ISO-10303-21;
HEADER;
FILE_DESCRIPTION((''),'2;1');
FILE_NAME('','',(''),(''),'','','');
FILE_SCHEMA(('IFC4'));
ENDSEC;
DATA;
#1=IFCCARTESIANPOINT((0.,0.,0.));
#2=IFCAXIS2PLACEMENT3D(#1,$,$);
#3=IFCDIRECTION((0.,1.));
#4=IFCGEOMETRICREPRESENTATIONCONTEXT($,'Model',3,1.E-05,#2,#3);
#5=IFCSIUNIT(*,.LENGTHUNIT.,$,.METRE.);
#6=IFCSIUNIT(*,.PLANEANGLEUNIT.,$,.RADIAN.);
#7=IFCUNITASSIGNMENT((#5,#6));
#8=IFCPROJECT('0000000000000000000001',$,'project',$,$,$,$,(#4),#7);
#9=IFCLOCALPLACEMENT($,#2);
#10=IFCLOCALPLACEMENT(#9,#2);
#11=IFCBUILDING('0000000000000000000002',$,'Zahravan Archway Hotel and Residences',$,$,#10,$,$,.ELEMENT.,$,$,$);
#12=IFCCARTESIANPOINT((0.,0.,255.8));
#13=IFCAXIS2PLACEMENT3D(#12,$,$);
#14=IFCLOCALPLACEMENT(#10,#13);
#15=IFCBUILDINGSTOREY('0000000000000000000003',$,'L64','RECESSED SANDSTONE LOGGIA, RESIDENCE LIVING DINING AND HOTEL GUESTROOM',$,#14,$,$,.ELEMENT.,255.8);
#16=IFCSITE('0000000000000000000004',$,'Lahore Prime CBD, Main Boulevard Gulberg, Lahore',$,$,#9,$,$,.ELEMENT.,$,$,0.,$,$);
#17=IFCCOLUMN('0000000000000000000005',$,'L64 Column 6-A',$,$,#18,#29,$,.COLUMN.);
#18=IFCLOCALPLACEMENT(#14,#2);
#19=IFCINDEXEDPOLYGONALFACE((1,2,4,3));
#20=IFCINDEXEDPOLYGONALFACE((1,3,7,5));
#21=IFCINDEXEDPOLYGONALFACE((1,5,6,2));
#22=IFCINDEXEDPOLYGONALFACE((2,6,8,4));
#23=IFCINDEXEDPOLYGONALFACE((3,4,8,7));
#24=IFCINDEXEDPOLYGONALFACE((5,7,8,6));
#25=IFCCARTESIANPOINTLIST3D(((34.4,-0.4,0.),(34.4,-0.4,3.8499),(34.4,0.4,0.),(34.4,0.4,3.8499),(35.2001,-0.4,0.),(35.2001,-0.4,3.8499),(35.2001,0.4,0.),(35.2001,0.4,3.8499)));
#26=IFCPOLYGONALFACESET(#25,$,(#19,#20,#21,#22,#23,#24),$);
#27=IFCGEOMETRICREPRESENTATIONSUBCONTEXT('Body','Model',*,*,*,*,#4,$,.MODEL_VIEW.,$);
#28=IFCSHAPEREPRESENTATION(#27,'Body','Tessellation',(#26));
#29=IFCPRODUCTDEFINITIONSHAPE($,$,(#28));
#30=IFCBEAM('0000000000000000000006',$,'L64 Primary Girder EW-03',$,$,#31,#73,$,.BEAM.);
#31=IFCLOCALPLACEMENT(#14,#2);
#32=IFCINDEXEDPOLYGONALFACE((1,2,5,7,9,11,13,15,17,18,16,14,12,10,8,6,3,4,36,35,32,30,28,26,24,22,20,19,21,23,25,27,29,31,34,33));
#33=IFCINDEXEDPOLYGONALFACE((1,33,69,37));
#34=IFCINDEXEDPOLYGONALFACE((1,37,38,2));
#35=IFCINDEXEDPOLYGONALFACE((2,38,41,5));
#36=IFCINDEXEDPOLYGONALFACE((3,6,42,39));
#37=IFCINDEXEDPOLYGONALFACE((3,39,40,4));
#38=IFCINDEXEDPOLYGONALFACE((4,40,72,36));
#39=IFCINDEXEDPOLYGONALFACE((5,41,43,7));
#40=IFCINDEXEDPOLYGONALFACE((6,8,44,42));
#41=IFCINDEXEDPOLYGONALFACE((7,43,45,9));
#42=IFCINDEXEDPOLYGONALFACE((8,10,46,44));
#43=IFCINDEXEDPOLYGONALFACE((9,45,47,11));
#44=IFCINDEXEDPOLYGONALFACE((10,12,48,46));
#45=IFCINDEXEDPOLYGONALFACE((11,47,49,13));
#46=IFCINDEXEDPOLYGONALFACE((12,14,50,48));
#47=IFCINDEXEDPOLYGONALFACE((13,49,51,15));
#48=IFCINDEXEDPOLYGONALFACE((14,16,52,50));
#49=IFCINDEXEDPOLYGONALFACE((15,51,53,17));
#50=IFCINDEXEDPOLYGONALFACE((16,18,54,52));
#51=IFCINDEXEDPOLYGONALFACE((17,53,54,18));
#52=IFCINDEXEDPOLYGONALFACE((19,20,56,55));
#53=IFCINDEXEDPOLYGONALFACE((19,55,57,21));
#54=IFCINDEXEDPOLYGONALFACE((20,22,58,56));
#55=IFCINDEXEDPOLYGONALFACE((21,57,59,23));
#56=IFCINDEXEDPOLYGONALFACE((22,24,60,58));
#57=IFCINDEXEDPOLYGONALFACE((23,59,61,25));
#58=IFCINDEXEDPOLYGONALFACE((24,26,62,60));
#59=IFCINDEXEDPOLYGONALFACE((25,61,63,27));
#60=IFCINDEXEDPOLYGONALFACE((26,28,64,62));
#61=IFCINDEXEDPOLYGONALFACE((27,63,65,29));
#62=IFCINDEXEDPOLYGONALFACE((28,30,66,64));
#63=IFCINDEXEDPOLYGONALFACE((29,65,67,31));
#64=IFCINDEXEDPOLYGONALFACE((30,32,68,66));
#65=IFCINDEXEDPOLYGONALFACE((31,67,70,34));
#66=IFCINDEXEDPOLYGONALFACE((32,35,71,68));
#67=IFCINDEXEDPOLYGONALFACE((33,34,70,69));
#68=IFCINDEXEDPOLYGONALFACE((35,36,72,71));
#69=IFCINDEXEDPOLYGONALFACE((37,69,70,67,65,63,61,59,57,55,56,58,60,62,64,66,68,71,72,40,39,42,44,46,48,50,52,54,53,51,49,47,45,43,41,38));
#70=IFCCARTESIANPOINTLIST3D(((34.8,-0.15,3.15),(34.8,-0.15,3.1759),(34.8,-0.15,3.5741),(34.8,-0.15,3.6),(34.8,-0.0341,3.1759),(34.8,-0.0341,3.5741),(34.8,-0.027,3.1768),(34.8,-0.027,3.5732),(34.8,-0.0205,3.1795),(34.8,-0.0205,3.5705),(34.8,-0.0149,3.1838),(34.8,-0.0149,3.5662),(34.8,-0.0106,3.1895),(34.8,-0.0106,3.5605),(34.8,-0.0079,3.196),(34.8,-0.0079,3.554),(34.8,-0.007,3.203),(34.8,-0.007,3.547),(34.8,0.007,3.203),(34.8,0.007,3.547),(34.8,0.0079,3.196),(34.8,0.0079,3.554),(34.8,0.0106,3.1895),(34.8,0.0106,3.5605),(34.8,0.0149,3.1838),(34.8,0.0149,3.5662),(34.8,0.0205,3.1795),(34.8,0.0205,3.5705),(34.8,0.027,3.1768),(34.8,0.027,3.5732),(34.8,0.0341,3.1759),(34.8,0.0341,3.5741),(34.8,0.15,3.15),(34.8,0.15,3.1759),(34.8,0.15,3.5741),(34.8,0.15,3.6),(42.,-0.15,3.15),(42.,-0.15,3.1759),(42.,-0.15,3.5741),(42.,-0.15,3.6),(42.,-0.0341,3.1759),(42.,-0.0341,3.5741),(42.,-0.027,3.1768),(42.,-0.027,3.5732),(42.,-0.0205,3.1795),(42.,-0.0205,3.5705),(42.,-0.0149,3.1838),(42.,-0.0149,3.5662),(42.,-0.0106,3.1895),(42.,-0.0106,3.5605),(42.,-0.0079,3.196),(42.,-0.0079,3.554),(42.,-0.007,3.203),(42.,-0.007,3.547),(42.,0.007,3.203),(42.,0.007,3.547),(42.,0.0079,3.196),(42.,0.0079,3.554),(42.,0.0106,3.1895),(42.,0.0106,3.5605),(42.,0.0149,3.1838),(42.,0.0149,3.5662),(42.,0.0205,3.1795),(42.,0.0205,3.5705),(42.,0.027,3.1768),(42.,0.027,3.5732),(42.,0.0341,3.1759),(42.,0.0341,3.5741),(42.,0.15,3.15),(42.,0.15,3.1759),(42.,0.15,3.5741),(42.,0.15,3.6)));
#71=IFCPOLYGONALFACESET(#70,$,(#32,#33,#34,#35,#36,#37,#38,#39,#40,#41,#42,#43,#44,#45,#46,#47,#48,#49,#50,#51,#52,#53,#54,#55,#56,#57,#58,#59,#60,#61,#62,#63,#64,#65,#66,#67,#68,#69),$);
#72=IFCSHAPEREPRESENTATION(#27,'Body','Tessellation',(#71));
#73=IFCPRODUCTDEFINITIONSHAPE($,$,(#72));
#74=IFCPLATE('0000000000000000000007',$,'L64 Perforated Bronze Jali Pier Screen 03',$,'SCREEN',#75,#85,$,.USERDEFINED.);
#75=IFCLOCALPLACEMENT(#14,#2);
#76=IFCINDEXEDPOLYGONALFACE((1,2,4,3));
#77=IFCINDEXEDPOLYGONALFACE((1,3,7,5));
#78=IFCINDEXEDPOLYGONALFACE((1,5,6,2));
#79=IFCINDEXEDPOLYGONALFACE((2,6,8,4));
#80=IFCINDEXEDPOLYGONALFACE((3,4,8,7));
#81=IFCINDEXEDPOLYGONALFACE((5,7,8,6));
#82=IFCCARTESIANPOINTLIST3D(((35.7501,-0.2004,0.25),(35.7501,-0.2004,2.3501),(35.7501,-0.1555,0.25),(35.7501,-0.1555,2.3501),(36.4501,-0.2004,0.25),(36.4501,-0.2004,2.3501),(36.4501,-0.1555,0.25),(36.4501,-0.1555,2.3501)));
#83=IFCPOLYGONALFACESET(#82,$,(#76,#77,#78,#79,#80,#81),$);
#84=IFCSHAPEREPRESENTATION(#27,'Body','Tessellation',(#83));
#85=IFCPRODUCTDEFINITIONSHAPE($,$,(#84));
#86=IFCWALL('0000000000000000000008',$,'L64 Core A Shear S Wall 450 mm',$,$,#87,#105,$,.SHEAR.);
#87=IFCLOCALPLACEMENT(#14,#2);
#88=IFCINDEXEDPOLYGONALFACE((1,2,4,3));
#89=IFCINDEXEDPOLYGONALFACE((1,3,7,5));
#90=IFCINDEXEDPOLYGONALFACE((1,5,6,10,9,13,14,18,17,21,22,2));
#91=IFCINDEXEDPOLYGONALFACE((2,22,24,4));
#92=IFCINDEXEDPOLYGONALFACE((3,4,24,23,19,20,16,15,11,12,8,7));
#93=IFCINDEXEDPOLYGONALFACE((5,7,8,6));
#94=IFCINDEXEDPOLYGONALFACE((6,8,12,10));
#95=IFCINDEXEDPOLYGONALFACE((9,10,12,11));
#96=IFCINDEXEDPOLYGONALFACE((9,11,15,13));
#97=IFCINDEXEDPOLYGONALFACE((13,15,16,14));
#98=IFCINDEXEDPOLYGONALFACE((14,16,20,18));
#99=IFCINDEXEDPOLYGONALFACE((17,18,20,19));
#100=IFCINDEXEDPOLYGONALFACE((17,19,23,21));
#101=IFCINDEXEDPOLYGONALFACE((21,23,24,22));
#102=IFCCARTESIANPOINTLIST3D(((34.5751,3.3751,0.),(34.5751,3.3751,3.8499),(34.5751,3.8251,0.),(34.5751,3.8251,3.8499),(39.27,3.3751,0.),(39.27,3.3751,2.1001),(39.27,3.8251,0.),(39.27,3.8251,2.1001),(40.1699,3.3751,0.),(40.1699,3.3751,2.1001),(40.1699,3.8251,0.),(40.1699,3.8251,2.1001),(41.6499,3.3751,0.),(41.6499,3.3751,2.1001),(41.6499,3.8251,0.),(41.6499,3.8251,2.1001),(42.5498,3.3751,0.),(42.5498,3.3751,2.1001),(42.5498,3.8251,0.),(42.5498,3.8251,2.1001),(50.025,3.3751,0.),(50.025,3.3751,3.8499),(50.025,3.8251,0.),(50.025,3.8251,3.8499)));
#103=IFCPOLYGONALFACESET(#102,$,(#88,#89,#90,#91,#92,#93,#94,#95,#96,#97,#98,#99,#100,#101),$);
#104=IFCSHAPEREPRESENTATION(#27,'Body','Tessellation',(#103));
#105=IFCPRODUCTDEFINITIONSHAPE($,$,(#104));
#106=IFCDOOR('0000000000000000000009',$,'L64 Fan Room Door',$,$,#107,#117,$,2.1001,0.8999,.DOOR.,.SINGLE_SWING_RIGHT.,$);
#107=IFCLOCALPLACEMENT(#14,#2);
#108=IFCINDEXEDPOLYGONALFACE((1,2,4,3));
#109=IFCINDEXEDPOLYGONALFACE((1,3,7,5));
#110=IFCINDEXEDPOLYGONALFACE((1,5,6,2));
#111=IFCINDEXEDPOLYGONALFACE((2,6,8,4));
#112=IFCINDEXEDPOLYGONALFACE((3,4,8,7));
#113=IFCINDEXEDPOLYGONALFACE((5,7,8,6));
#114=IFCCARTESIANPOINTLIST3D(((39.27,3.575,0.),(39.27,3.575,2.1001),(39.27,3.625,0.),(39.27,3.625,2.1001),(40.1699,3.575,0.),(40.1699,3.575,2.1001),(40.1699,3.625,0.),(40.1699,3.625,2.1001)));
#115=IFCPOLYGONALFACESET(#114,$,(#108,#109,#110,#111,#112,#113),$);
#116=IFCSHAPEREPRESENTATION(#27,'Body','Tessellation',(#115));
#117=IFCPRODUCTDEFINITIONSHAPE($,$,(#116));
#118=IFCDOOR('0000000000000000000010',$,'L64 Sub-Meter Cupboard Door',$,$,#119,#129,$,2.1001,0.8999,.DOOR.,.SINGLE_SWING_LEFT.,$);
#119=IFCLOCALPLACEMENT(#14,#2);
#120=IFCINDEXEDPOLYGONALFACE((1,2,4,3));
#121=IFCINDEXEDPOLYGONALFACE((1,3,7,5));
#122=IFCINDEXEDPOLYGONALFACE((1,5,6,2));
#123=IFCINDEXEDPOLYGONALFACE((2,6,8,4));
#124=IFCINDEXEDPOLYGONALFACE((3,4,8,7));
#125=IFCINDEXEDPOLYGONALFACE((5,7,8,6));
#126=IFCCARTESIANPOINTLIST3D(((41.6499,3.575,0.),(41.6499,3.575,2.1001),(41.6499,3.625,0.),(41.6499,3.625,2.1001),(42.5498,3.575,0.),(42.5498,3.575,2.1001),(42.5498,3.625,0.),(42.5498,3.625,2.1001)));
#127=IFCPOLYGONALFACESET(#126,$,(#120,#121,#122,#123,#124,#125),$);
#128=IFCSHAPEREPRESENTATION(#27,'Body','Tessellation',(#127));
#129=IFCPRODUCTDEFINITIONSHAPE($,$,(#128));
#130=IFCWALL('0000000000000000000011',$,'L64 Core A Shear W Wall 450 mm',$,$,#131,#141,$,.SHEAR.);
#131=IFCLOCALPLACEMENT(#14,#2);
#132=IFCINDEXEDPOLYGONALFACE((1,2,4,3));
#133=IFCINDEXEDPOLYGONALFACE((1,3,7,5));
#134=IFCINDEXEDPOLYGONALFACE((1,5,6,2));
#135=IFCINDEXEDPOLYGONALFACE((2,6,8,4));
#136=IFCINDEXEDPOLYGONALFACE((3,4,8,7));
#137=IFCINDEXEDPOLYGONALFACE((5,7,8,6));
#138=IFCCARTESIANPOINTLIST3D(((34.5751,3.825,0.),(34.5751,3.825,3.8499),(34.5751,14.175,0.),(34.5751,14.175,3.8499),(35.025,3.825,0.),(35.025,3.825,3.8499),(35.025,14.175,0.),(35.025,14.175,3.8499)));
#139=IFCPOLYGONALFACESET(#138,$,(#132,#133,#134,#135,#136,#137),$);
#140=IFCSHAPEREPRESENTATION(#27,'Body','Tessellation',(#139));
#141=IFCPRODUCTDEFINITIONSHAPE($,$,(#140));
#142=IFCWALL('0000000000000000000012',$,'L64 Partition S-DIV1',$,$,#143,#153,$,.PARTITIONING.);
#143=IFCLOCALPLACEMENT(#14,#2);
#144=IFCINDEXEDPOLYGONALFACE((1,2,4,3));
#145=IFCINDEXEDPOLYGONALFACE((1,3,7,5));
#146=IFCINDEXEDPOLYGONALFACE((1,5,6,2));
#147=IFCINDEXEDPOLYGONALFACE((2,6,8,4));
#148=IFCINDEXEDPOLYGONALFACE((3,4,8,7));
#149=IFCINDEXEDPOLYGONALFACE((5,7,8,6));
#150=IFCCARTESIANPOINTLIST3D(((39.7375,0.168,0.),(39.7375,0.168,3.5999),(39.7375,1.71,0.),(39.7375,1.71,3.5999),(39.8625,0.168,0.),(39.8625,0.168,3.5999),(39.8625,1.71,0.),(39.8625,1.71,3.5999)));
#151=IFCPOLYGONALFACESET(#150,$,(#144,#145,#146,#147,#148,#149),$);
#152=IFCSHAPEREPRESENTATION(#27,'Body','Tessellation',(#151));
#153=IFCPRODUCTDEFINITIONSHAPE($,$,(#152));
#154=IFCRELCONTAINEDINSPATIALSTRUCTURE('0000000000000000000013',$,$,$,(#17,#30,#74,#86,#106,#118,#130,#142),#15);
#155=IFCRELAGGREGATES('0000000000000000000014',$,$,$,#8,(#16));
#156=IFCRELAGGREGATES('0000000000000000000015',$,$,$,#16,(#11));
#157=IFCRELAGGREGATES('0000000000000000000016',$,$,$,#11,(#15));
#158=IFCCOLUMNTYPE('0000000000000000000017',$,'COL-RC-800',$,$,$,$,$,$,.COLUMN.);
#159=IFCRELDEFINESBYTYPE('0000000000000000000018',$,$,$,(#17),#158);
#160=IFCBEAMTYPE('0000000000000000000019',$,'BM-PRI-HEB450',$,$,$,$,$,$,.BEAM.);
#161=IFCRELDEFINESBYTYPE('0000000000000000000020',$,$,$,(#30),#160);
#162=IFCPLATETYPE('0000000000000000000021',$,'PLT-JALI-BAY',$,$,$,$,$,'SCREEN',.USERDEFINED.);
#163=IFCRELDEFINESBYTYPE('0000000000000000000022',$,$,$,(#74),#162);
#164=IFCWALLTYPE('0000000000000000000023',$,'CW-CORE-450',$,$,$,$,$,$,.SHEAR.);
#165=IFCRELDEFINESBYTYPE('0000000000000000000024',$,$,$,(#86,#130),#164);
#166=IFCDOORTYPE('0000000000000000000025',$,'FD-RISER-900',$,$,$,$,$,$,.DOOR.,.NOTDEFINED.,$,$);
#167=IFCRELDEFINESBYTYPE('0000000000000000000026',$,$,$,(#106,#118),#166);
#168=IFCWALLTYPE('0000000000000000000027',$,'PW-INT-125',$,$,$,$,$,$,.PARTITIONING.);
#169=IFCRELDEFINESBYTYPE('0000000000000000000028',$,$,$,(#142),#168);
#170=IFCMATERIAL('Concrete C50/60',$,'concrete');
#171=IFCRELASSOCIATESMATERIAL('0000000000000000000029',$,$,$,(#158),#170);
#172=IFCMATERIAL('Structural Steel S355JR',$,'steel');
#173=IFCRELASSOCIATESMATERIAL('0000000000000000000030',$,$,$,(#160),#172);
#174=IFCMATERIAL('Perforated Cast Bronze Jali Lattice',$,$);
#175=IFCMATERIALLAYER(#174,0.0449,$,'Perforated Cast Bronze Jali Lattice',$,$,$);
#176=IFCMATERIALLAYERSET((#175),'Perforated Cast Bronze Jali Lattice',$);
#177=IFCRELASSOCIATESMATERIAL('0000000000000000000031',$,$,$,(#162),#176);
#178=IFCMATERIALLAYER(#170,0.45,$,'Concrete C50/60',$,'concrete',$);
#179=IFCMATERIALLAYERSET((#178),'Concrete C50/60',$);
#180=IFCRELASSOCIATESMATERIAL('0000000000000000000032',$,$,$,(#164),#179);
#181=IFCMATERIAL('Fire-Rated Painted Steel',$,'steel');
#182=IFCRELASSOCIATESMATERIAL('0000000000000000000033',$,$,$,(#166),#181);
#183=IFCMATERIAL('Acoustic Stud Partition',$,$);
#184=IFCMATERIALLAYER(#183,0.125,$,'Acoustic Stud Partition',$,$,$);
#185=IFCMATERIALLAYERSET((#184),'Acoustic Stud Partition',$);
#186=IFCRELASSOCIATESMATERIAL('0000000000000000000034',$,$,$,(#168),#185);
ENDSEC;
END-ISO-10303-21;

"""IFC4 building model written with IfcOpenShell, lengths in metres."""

from ifc_helpers import new_model, si_unit, direction, frame, frame_2d, origin, origin_2d, place, context, subcontext, project, spatial, rectangle, i_section, extrude, source, transform, mapped, material, layer, layer_set, material_profile, profile_set, type_object, type_shapes, element, fill, save


model = new_model("IFC4")

# Units and contexts
model_context = context("Model", 3, precision=1e-05, world=origin(), true_north=direction((0.0, 1.0)))
body_context = subcontext(model_context, "Body", "Model", "MODEL_VIEW")
ifc_project = project(units=[si_unit("LENGTHUNIT", "METRE"), si_unit("PLANEANGLEUNIT", "RADIAN")], contexts=[model_context])

# Site, building, storey
site_placement = place(None, origin())
site = spatial("IfcSite", under=ifc_project, at=site_placement, Name="Lahore Prime CBD, Main Boulevard Gulberg, Lahore", CompositionType="ELEMENT", RefElevation=0.0)
building_placement = place(site_placement, origin())
building = spatial("IfcBuilding", under=site, at=building_placement, Name="Zahravan Archway Hotel and Residences", CompositionType="ELEMENT")
storey_placement = place(building_placement, frame((0.0, 0.0, 255.8)))
storey = spatial("IfcBuildingStorey", under=building, at=storey_placement, Name="L64", Description="RECESSED SANDSTONE LOGGIA, RESIDENCE LIVING DINING AND HOTEL GUESTROOM", CompositionType="ELEMENT", Elevation=255.8)

# Column
ifc_material_1 = material(Name="Concrete C50/60", Category="concrete")
ifc_material_profile_1 = material_profile(ifc_material_1, rectangle(XDim=0.8, YDim=0.8, at=origin_2d()), Name="RC-COL-800x800", Category="concrete")
ifc_profile_set_1 = profile_set([ifc_material_profile_1], Name="Concrete C50/60")
column_type = type_object("IfcColumnType", Name="COL-RC-800", PredefinedType="COLUMN", material=ifc_profile_set_1)
shared_shape_1 = source(origin(), body_context, "Body", "SweptSolid", [
    extrude(rectangle(XDim=0.8, YDim=0.8, at=origin_2d()), origin(), (0.0, 0.0, 1.0), 3.8499),
])
column_placement = place(storey_placement, frame((34.8, 0.0, 0.0), z_axis=(0.0, 0.0, 1.0), x_axis=(1.0, 0.0, 0.0)))
element("IfcColumn", 1, at=column_placement, inside=storey, type_object=column_type, Name="L64 Column 6-A", PredefinedType="COLUMN", context=body_context, shape_type="MappedRepresentation", body=[
    mapped(shared_shape_1, transform((0.0, 0.0, 0.0), scale=1.0)),
])

# Beam
ifc_material_2 = material(Name="Structural Steel S355JR", Category="steel")
ifc_material_profile_2 = material_profile(ifc_material_2, i_section(OverallWidth=0.3, OverallDepth=0.45, WebThickness=0.0139, FlangeThickness=0.0259, FilletRadius=0.0271, at=origin_2d()), Name="HEB 450", Category="steel")
ifc_profile_set_2 = profile_set([ifc_material_profile_2], Name="Structural Steel S355JR")
beam_type = type_object("IfcBeamType", Name="BM-PRI-HEB450", PredefinedType="BEAM", material=ifc_profile_set_2)
shared_shape_2 = source(origin(), body_context, "Body", "SweptSolid", [
    extrude(i_section(OverallWidth=0.3, OverallDepth=0.45, WebThickness=0.0139, FlangeThickness=0.0259, FilletRadius=0.0271, at=origin_2d()), origin(), (0.0, 0.0, 1.0), 7.2),
])
beam_placement = place(storey_placement, frame((34.8, 0.0, 3.375), z_axis=(1.0, 0.0, 0.0), x_axis=(0.0, 1.0, 0.0)))
element("IfcBeam", 2, at=beam_placement, inside=storey, type_object=beam_type, Name="L64 Primary Girder EW-03", PredefinedType="BEAM", context=body_context, shape_type="MappedRepresentation", body=[
    mapped(shared_shape_2, transform((0.0, 0.0, 0.0), scale=1.0)),
])

# Plate
ifc_material_3 = material(Name="Perforated Cast Bronze Jali Lattice")
ifc_layer_1 = layer(ifc_material_3, 0.0449, Name="Perforated Cast Bronze Jali Lattice")
ifc_layer_set_1 = layer_set([ifc_layer_1], Name="Perforated Cast Bronze Jali Lattice")
plate_type = type_object("IfcPlateType", Name="PLT-JALI-BAY", ElementType="SCREEN", PredefinedType="USERDEFINED", material=ifc_layer_set_1)
shared_shape_3 = source(origin(), body_context, "Body", "SweptSolid", [
    extrude(rectangle(XDim=0.7, YDim=0.0449, at=origin_2d()), origin(), (0.0, 0.0, 1.0), 2.1001),
])
type_shapes(plate_type, [shared_shape_3])
plate_placement = place(storey_placement, frame((36.1001, -0.178, 0.25), z_axis=(0.0, 0.0, 1.0), x_axis=(1.0, 0.0, 0.0)))
element("IfcPlate", 3, at=plate_placement, inside=storey, type_object=plate_type, Name="L64 Perforated Bronze Jali Pier Screen 03", ObjectType="SCREEN", PredefinedType="USERDEFINED", context=body_context, shape_type="MappedRepresentation", body=[
    mapped(shared_shape_3, transform((0.0, 0.0, 0.0), scale=1.0)),
])

# Wall, openings, doors
ifc_layer_2 = layer(ifc_material_1, 0.45, Name="Concrete C50/60", Category="concrete")
ifc_layer_set_2 = layer_set([ifc_layer_2], Name="Concrete C50/60")
wall_type_1 = type_object("IfcWallType", Name="CW-CORE-450", PredefinedType="SHEAR", material=ifc_layer_set_2)
wall_1_placement = place(storey_placement, frame((34.575, 3.6001, 0.0), z_axis=(0.0, 0.0, 1.0), x_axis=(1.0, 0.0, 0.0)))
wall_1 = element("IfcWall", 4, at=wall_1_placement, inside=storey, type_object=wall_type_1, Name="L64 Core A Shear S Wall 450 mm", PredefinedType="SHEAR", context=body_context, shape_type="SweptSolid", body=[
    extrude(rectangle(XDim=15.45, YDim=0.45, at=frame_2d((7.7251, 0.0))), origin(), (0.0, 0.0, 1.0), 3.8499),
])
opening_1_placement = place(wall_1_placement, frame((4.6951, 0.0, 0.0)))
opening_1 = element("IfcOpeningElement", 5, at=opening_1_placement, cuts=wall_1, PredefinedType="OPENING", context=body_context, shape_type="SweptSolid", body=[
    extrude(rectangle(XDim=0.8999, YDim=2.1001, at=frame_2d((0.45, 1.05))), frame((0.0, 0.2349, 0.0), z_axis=(0.0, -1.0, 0.0), x_axis=(1.0, 0.0, 0.0)), (0.0, 0.0, 1.0), 0.47),
])
opening_2_placement = place(wall_1_placement, frame((7.075, 0.0, 0.0)))
opening_2 = element("IfcOpeningElement", 6, at=opening_2_placement, cuts=wall_1, PredefinedType="OPENING", context=body_context, shape_type="SweptSolid", body=[
    extrude(rectangle(XDim=0.8999, YDim=2.1001, at=frame_2d((0.45, 1.05))), frame((0.0, 0.2349, 0.0), z_axis=(0.0, -1.0, 0.0), x_axis=(1.0, 0.0, 0.0)), (0.0, 0.0, 1.0), 0.47),
])
ifc_material_4 = material(Name="Fire-Rated Painted Steel", Category="steel")
door_type = type_object("IfcDoorType", Name="FD-RISER-900", OperationType="NOTDEFINED", PredefinedType="DOOR", material=ifc_material_4)
shared_shape_4 = source(origin(), body_context, "Body", "SweptSolid", [
    extrude(rectangle(XDim=0.8999, YDim=2.1001, at=frame_2d((0.45, 1.05))), frame((0.0, 0.0249, 0.0), z_axis=(0.0, -1.0, 0.0), x_axis=(1.0, 0.0, 0.0)), (0.0, 0.0, 1.0), 0.05),
])
type_shapes(door_type, [shared_shape_4])
door_1_placement = place(opening_1_placement, origin())
door_1 = element("IfcDoor", 7, at=door_1_placement, inside=storey, type_object=door_type, Name="L64 Fan Room Door", OperationType="SINGLE_SWING_RIGHT", OverallHeight=2.1001, OverallWidth=0.8999, PredefinedType="DOOR", context=body_context, shape_type="MappedRepresentation", body=[
    mapped(shared_shape_4, transform((0.0, 0.0, 0.0), scale=1.0)),
])
fill(opening_1, door_1)
door_2_placement = place(opening_2_placement, origin())
door_2 = element("IfcDoor", 8, at=door_2_placement, inside=storey, type_object=door_type, Name="L64 Sub-Meter Cupboard Door", OperationType="SINGLE_SWING_LEFT", OverallHeight=2.1001, OverallWidth=0.8999, PredefinedType="DOOR", context=body_context, shape_type="MappedRepresentation", body=[
    mapped(shared_shape_4, transform((0.0, 0.0, 0.0), scale=1.0)),
])
fill(opening_2, door_2)

# Walls
wall_2_placement = place(storey_placement, frame((34.8, 3.825, 0.0), z_axis=(0.0, 0.0, 1.0), x_axis=(0.0, 1.0, 0.0)))
element("IfcWall", 9, at=wall_2_placement, inside=storey, type_object=wall_type_1, Name="L64 Core A Shear W Wall 450 mm", PredefinedType="SHEAR", context=body_context, shape_type="SweptSolid", body=[
    extrude(rectangle(XDim=10.3501, YDim=0.45, at=frame_2d((5.175, 0.0))), origin(), (0.0, 0.0, 1.0), 3.8499),
])
ifc_material_5 = material(Name="Acoustic Stud Partition")
ifc_layer_3 = layer(ifc_material_5, 0.125, Name="Acoustic Stud Partition")
ifc_layer_set_3 = layer_set([ifc_layer_3], Name="Acoustic Stud Partition")
wall_type_2 = type_object("IfcWallType", Name="PW-INT-125", PredefinedType="PARTITIONING", material=ifc_layer_set_3)
wall_3_placement = place(storey_placement, frame((39.8, 0.168, 0.0), z_axis=(0.0, 0.0, 1.0), x_axis=(0.0, 1.0, 0.0)))
element("IfcWall", 10, at=wall_3_placement, inside=storey, type_object=wall_type_2, Name="L64 Partition S-DIV1", PredefinedType="PARTITIONING", context=body_context, shape_type="SweptSolid", body=[
    extrude(rectangle(XDim=1.542, YDim=0.125, at=frame_2d((0.771, 0.0))), origin(), (0.0, 0.0, 1.0), 3.5999),
])

save(model, "model.ifc")
